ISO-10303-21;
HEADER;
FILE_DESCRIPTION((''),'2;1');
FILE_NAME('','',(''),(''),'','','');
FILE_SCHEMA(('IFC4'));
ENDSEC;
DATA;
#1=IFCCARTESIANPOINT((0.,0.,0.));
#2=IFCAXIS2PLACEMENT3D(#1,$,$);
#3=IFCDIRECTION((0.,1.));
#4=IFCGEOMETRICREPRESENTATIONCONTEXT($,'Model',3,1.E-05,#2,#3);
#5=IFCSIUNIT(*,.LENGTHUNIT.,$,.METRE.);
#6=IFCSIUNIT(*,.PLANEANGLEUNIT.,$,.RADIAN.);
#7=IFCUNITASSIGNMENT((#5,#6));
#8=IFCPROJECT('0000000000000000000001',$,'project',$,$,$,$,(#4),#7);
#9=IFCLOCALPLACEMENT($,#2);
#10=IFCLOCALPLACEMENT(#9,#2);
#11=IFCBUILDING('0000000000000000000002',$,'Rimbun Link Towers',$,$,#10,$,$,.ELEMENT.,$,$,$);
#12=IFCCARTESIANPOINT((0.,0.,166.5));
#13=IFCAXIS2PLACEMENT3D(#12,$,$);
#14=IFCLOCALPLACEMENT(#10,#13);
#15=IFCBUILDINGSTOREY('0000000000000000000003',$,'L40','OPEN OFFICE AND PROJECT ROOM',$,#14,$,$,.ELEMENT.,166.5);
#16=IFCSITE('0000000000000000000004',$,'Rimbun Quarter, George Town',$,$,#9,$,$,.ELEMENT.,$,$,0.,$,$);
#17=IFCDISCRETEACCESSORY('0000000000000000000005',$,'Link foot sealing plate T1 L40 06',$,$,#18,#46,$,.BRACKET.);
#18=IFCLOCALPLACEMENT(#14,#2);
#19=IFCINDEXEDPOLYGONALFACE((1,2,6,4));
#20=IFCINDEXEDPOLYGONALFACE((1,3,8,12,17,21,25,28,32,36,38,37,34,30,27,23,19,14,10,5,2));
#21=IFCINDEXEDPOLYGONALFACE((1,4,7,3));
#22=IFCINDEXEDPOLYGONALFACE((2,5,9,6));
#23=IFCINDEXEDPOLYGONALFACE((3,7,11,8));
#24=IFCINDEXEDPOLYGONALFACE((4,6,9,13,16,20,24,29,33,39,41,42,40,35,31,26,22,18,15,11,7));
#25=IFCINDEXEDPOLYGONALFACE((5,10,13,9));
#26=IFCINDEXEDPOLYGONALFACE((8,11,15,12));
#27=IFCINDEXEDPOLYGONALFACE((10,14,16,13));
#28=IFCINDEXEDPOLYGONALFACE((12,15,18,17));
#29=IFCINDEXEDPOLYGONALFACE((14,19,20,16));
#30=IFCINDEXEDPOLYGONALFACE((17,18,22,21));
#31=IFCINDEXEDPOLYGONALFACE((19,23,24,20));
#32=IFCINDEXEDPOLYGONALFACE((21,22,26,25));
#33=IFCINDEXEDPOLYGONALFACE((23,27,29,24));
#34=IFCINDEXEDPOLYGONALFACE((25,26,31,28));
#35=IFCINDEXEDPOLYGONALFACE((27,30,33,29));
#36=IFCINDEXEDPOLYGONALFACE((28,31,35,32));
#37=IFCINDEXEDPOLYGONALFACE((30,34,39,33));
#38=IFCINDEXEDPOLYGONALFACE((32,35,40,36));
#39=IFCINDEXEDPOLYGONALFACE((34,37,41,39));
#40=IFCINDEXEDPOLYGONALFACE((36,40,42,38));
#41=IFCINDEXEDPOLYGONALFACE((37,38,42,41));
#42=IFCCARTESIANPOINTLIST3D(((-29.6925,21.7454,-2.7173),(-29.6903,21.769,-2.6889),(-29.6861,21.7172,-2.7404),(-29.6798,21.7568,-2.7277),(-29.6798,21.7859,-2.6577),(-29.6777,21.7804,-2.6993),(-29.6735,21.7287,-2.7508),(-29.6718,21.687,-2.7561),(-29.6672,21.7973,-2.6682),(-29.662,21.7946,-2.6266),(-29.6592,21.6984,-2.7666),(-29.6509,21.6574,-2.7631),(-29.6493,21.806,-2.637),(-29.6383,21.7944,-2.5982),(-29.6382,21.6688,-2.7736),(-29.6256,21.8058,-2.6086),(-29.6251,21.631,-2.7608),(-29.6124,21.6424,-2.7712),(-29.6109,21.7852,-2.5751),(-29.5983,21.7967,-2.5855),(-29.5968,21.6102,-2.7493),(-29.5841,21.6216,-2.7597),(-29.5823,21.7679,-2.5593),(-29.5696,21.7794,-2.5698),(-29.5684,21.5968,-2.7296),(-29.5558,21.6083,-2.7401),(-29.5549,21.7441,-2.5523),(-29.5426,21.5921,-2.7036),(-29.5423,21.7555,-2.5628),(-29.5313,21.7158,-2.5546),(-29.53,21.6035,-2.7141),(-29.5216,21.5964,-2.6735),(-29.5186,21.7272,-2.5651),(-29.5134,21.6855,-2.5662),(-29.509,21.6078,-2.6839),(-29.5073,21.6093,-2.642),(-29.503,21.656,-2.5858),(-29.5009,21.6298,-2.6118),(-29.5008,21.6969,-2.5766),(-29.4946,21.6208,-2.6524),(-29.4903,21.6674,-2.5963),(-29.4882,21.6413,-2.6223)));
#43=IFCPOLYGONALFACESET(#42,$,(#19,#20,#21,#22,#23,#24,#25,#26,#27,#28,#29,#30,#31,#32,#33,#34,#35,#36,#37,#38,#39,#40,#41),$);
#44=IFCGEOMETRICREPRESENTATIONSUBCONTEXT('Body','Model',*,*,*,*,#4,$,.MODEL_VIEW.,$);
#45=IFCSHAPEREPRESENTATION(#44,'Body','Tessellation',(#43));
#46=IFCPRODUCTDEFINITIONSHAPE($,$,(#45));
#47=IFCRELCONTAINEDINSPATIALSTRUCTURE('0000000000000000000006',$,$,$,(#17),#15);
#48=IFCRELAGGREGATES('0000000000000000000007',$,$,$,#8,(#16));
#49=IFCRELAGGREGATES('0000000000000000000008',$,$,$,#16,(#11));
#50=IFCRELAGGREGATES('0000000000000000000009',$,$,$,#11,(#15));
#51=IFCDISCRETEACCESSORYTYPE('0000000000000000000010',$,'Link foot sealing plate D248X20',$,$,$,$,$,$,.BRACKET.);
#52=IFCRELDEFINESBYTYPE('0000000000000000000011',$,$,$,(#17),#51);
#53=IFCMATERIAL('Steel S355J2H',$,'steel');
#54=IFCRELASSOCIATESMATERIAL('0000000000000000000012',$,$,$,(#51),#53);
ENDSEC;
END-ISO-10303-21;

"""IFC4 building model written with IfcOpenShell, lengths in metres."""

from ifc_helpers import new_model, si_unit, direction, frame, origin, origin_2d, place, context, subcontext, project, spatial, circle, extrude, material, material_profile, profile_set, type_object, element, save


model = new_model("IFC4")

# Units and contexts
model_context = context("Model", 3, precision=1e-05, world=origin(), true_north=direction((0.0, 1.0)))
body_context = subcontext(model_context, "Body", "Model", "MODEL_VIEW")
ifc_project = project(units=[si_unit("LENGTHUNIT", "METRE"), si_unit("PLANEANGLEUNIT", "RADIAN")], contexts=[model_context])

# Site, building, storey
site_placement = place(None, origin())
site = spatial("IfcSite", under=ifc_project, at=site_placement, Name="Rimbun Quarter, George Town", CompositionType="ELEMENT", RefElevation=0.0)
building_placement = place(site_placement, origin())
building = spatial("IfcBuilding", under=site, at=building_placement, Name="Rimbun Link Towers", CompositionType="ELEMENT")
storey_placement = place(building_placement, frame((0.0, 0.0, 166.5)))
storey = spatial("IfcBuildingStorey", under=building, at=storey_placement, Name="L40", Description="OPEN OFFICE AND PROJECT ROOM", CompositionType="ELEMENT", Elevation=166.5)

# Discrete accessory
ifc_material_1 = material(Name="Steel S355J2H", Category="steel")
ifc_material_profile_1 = material_profile(ifc_material_1, circle(Radius=0.124, at=origin_2d()), Name="PL D248")
ifc_profile_set_1 = profile_set([ifc_material_profile_1], Name="Steel S355J2H")
discrete_accessory_type = type_object("IfcDiscreteAccessoryType", Name="Link foot sealing plate D248X20", PredefinedType="BRACKET", material=ifc_profile_set_1)
for number, where, z_axis, x_axis, name in (
    (1, (-29.5967, 21.6938, -2.6577), (0.632362, 0.571558, -0.522915), (-0.67054, 0.741874, 0.0), "Link foot sealing plate T1 L40 06"),
):
    element("IfcDiscreteAccessory", number, at=place(storey_placement, frame(where, z_axis=z_axis, x_axis=x_axis)), inside=storey, type_object=discrete_accessory_type, Name=name, PredefinedType="BRACKET", context=body_context, shape_type="SweptSolid", body=[
        extrude(circle(Radius=0.124, at=origin_2d()), origin(), (0.0, 0.0, 1.0), 0.02),
    ])

save(model, "model.ifc")
